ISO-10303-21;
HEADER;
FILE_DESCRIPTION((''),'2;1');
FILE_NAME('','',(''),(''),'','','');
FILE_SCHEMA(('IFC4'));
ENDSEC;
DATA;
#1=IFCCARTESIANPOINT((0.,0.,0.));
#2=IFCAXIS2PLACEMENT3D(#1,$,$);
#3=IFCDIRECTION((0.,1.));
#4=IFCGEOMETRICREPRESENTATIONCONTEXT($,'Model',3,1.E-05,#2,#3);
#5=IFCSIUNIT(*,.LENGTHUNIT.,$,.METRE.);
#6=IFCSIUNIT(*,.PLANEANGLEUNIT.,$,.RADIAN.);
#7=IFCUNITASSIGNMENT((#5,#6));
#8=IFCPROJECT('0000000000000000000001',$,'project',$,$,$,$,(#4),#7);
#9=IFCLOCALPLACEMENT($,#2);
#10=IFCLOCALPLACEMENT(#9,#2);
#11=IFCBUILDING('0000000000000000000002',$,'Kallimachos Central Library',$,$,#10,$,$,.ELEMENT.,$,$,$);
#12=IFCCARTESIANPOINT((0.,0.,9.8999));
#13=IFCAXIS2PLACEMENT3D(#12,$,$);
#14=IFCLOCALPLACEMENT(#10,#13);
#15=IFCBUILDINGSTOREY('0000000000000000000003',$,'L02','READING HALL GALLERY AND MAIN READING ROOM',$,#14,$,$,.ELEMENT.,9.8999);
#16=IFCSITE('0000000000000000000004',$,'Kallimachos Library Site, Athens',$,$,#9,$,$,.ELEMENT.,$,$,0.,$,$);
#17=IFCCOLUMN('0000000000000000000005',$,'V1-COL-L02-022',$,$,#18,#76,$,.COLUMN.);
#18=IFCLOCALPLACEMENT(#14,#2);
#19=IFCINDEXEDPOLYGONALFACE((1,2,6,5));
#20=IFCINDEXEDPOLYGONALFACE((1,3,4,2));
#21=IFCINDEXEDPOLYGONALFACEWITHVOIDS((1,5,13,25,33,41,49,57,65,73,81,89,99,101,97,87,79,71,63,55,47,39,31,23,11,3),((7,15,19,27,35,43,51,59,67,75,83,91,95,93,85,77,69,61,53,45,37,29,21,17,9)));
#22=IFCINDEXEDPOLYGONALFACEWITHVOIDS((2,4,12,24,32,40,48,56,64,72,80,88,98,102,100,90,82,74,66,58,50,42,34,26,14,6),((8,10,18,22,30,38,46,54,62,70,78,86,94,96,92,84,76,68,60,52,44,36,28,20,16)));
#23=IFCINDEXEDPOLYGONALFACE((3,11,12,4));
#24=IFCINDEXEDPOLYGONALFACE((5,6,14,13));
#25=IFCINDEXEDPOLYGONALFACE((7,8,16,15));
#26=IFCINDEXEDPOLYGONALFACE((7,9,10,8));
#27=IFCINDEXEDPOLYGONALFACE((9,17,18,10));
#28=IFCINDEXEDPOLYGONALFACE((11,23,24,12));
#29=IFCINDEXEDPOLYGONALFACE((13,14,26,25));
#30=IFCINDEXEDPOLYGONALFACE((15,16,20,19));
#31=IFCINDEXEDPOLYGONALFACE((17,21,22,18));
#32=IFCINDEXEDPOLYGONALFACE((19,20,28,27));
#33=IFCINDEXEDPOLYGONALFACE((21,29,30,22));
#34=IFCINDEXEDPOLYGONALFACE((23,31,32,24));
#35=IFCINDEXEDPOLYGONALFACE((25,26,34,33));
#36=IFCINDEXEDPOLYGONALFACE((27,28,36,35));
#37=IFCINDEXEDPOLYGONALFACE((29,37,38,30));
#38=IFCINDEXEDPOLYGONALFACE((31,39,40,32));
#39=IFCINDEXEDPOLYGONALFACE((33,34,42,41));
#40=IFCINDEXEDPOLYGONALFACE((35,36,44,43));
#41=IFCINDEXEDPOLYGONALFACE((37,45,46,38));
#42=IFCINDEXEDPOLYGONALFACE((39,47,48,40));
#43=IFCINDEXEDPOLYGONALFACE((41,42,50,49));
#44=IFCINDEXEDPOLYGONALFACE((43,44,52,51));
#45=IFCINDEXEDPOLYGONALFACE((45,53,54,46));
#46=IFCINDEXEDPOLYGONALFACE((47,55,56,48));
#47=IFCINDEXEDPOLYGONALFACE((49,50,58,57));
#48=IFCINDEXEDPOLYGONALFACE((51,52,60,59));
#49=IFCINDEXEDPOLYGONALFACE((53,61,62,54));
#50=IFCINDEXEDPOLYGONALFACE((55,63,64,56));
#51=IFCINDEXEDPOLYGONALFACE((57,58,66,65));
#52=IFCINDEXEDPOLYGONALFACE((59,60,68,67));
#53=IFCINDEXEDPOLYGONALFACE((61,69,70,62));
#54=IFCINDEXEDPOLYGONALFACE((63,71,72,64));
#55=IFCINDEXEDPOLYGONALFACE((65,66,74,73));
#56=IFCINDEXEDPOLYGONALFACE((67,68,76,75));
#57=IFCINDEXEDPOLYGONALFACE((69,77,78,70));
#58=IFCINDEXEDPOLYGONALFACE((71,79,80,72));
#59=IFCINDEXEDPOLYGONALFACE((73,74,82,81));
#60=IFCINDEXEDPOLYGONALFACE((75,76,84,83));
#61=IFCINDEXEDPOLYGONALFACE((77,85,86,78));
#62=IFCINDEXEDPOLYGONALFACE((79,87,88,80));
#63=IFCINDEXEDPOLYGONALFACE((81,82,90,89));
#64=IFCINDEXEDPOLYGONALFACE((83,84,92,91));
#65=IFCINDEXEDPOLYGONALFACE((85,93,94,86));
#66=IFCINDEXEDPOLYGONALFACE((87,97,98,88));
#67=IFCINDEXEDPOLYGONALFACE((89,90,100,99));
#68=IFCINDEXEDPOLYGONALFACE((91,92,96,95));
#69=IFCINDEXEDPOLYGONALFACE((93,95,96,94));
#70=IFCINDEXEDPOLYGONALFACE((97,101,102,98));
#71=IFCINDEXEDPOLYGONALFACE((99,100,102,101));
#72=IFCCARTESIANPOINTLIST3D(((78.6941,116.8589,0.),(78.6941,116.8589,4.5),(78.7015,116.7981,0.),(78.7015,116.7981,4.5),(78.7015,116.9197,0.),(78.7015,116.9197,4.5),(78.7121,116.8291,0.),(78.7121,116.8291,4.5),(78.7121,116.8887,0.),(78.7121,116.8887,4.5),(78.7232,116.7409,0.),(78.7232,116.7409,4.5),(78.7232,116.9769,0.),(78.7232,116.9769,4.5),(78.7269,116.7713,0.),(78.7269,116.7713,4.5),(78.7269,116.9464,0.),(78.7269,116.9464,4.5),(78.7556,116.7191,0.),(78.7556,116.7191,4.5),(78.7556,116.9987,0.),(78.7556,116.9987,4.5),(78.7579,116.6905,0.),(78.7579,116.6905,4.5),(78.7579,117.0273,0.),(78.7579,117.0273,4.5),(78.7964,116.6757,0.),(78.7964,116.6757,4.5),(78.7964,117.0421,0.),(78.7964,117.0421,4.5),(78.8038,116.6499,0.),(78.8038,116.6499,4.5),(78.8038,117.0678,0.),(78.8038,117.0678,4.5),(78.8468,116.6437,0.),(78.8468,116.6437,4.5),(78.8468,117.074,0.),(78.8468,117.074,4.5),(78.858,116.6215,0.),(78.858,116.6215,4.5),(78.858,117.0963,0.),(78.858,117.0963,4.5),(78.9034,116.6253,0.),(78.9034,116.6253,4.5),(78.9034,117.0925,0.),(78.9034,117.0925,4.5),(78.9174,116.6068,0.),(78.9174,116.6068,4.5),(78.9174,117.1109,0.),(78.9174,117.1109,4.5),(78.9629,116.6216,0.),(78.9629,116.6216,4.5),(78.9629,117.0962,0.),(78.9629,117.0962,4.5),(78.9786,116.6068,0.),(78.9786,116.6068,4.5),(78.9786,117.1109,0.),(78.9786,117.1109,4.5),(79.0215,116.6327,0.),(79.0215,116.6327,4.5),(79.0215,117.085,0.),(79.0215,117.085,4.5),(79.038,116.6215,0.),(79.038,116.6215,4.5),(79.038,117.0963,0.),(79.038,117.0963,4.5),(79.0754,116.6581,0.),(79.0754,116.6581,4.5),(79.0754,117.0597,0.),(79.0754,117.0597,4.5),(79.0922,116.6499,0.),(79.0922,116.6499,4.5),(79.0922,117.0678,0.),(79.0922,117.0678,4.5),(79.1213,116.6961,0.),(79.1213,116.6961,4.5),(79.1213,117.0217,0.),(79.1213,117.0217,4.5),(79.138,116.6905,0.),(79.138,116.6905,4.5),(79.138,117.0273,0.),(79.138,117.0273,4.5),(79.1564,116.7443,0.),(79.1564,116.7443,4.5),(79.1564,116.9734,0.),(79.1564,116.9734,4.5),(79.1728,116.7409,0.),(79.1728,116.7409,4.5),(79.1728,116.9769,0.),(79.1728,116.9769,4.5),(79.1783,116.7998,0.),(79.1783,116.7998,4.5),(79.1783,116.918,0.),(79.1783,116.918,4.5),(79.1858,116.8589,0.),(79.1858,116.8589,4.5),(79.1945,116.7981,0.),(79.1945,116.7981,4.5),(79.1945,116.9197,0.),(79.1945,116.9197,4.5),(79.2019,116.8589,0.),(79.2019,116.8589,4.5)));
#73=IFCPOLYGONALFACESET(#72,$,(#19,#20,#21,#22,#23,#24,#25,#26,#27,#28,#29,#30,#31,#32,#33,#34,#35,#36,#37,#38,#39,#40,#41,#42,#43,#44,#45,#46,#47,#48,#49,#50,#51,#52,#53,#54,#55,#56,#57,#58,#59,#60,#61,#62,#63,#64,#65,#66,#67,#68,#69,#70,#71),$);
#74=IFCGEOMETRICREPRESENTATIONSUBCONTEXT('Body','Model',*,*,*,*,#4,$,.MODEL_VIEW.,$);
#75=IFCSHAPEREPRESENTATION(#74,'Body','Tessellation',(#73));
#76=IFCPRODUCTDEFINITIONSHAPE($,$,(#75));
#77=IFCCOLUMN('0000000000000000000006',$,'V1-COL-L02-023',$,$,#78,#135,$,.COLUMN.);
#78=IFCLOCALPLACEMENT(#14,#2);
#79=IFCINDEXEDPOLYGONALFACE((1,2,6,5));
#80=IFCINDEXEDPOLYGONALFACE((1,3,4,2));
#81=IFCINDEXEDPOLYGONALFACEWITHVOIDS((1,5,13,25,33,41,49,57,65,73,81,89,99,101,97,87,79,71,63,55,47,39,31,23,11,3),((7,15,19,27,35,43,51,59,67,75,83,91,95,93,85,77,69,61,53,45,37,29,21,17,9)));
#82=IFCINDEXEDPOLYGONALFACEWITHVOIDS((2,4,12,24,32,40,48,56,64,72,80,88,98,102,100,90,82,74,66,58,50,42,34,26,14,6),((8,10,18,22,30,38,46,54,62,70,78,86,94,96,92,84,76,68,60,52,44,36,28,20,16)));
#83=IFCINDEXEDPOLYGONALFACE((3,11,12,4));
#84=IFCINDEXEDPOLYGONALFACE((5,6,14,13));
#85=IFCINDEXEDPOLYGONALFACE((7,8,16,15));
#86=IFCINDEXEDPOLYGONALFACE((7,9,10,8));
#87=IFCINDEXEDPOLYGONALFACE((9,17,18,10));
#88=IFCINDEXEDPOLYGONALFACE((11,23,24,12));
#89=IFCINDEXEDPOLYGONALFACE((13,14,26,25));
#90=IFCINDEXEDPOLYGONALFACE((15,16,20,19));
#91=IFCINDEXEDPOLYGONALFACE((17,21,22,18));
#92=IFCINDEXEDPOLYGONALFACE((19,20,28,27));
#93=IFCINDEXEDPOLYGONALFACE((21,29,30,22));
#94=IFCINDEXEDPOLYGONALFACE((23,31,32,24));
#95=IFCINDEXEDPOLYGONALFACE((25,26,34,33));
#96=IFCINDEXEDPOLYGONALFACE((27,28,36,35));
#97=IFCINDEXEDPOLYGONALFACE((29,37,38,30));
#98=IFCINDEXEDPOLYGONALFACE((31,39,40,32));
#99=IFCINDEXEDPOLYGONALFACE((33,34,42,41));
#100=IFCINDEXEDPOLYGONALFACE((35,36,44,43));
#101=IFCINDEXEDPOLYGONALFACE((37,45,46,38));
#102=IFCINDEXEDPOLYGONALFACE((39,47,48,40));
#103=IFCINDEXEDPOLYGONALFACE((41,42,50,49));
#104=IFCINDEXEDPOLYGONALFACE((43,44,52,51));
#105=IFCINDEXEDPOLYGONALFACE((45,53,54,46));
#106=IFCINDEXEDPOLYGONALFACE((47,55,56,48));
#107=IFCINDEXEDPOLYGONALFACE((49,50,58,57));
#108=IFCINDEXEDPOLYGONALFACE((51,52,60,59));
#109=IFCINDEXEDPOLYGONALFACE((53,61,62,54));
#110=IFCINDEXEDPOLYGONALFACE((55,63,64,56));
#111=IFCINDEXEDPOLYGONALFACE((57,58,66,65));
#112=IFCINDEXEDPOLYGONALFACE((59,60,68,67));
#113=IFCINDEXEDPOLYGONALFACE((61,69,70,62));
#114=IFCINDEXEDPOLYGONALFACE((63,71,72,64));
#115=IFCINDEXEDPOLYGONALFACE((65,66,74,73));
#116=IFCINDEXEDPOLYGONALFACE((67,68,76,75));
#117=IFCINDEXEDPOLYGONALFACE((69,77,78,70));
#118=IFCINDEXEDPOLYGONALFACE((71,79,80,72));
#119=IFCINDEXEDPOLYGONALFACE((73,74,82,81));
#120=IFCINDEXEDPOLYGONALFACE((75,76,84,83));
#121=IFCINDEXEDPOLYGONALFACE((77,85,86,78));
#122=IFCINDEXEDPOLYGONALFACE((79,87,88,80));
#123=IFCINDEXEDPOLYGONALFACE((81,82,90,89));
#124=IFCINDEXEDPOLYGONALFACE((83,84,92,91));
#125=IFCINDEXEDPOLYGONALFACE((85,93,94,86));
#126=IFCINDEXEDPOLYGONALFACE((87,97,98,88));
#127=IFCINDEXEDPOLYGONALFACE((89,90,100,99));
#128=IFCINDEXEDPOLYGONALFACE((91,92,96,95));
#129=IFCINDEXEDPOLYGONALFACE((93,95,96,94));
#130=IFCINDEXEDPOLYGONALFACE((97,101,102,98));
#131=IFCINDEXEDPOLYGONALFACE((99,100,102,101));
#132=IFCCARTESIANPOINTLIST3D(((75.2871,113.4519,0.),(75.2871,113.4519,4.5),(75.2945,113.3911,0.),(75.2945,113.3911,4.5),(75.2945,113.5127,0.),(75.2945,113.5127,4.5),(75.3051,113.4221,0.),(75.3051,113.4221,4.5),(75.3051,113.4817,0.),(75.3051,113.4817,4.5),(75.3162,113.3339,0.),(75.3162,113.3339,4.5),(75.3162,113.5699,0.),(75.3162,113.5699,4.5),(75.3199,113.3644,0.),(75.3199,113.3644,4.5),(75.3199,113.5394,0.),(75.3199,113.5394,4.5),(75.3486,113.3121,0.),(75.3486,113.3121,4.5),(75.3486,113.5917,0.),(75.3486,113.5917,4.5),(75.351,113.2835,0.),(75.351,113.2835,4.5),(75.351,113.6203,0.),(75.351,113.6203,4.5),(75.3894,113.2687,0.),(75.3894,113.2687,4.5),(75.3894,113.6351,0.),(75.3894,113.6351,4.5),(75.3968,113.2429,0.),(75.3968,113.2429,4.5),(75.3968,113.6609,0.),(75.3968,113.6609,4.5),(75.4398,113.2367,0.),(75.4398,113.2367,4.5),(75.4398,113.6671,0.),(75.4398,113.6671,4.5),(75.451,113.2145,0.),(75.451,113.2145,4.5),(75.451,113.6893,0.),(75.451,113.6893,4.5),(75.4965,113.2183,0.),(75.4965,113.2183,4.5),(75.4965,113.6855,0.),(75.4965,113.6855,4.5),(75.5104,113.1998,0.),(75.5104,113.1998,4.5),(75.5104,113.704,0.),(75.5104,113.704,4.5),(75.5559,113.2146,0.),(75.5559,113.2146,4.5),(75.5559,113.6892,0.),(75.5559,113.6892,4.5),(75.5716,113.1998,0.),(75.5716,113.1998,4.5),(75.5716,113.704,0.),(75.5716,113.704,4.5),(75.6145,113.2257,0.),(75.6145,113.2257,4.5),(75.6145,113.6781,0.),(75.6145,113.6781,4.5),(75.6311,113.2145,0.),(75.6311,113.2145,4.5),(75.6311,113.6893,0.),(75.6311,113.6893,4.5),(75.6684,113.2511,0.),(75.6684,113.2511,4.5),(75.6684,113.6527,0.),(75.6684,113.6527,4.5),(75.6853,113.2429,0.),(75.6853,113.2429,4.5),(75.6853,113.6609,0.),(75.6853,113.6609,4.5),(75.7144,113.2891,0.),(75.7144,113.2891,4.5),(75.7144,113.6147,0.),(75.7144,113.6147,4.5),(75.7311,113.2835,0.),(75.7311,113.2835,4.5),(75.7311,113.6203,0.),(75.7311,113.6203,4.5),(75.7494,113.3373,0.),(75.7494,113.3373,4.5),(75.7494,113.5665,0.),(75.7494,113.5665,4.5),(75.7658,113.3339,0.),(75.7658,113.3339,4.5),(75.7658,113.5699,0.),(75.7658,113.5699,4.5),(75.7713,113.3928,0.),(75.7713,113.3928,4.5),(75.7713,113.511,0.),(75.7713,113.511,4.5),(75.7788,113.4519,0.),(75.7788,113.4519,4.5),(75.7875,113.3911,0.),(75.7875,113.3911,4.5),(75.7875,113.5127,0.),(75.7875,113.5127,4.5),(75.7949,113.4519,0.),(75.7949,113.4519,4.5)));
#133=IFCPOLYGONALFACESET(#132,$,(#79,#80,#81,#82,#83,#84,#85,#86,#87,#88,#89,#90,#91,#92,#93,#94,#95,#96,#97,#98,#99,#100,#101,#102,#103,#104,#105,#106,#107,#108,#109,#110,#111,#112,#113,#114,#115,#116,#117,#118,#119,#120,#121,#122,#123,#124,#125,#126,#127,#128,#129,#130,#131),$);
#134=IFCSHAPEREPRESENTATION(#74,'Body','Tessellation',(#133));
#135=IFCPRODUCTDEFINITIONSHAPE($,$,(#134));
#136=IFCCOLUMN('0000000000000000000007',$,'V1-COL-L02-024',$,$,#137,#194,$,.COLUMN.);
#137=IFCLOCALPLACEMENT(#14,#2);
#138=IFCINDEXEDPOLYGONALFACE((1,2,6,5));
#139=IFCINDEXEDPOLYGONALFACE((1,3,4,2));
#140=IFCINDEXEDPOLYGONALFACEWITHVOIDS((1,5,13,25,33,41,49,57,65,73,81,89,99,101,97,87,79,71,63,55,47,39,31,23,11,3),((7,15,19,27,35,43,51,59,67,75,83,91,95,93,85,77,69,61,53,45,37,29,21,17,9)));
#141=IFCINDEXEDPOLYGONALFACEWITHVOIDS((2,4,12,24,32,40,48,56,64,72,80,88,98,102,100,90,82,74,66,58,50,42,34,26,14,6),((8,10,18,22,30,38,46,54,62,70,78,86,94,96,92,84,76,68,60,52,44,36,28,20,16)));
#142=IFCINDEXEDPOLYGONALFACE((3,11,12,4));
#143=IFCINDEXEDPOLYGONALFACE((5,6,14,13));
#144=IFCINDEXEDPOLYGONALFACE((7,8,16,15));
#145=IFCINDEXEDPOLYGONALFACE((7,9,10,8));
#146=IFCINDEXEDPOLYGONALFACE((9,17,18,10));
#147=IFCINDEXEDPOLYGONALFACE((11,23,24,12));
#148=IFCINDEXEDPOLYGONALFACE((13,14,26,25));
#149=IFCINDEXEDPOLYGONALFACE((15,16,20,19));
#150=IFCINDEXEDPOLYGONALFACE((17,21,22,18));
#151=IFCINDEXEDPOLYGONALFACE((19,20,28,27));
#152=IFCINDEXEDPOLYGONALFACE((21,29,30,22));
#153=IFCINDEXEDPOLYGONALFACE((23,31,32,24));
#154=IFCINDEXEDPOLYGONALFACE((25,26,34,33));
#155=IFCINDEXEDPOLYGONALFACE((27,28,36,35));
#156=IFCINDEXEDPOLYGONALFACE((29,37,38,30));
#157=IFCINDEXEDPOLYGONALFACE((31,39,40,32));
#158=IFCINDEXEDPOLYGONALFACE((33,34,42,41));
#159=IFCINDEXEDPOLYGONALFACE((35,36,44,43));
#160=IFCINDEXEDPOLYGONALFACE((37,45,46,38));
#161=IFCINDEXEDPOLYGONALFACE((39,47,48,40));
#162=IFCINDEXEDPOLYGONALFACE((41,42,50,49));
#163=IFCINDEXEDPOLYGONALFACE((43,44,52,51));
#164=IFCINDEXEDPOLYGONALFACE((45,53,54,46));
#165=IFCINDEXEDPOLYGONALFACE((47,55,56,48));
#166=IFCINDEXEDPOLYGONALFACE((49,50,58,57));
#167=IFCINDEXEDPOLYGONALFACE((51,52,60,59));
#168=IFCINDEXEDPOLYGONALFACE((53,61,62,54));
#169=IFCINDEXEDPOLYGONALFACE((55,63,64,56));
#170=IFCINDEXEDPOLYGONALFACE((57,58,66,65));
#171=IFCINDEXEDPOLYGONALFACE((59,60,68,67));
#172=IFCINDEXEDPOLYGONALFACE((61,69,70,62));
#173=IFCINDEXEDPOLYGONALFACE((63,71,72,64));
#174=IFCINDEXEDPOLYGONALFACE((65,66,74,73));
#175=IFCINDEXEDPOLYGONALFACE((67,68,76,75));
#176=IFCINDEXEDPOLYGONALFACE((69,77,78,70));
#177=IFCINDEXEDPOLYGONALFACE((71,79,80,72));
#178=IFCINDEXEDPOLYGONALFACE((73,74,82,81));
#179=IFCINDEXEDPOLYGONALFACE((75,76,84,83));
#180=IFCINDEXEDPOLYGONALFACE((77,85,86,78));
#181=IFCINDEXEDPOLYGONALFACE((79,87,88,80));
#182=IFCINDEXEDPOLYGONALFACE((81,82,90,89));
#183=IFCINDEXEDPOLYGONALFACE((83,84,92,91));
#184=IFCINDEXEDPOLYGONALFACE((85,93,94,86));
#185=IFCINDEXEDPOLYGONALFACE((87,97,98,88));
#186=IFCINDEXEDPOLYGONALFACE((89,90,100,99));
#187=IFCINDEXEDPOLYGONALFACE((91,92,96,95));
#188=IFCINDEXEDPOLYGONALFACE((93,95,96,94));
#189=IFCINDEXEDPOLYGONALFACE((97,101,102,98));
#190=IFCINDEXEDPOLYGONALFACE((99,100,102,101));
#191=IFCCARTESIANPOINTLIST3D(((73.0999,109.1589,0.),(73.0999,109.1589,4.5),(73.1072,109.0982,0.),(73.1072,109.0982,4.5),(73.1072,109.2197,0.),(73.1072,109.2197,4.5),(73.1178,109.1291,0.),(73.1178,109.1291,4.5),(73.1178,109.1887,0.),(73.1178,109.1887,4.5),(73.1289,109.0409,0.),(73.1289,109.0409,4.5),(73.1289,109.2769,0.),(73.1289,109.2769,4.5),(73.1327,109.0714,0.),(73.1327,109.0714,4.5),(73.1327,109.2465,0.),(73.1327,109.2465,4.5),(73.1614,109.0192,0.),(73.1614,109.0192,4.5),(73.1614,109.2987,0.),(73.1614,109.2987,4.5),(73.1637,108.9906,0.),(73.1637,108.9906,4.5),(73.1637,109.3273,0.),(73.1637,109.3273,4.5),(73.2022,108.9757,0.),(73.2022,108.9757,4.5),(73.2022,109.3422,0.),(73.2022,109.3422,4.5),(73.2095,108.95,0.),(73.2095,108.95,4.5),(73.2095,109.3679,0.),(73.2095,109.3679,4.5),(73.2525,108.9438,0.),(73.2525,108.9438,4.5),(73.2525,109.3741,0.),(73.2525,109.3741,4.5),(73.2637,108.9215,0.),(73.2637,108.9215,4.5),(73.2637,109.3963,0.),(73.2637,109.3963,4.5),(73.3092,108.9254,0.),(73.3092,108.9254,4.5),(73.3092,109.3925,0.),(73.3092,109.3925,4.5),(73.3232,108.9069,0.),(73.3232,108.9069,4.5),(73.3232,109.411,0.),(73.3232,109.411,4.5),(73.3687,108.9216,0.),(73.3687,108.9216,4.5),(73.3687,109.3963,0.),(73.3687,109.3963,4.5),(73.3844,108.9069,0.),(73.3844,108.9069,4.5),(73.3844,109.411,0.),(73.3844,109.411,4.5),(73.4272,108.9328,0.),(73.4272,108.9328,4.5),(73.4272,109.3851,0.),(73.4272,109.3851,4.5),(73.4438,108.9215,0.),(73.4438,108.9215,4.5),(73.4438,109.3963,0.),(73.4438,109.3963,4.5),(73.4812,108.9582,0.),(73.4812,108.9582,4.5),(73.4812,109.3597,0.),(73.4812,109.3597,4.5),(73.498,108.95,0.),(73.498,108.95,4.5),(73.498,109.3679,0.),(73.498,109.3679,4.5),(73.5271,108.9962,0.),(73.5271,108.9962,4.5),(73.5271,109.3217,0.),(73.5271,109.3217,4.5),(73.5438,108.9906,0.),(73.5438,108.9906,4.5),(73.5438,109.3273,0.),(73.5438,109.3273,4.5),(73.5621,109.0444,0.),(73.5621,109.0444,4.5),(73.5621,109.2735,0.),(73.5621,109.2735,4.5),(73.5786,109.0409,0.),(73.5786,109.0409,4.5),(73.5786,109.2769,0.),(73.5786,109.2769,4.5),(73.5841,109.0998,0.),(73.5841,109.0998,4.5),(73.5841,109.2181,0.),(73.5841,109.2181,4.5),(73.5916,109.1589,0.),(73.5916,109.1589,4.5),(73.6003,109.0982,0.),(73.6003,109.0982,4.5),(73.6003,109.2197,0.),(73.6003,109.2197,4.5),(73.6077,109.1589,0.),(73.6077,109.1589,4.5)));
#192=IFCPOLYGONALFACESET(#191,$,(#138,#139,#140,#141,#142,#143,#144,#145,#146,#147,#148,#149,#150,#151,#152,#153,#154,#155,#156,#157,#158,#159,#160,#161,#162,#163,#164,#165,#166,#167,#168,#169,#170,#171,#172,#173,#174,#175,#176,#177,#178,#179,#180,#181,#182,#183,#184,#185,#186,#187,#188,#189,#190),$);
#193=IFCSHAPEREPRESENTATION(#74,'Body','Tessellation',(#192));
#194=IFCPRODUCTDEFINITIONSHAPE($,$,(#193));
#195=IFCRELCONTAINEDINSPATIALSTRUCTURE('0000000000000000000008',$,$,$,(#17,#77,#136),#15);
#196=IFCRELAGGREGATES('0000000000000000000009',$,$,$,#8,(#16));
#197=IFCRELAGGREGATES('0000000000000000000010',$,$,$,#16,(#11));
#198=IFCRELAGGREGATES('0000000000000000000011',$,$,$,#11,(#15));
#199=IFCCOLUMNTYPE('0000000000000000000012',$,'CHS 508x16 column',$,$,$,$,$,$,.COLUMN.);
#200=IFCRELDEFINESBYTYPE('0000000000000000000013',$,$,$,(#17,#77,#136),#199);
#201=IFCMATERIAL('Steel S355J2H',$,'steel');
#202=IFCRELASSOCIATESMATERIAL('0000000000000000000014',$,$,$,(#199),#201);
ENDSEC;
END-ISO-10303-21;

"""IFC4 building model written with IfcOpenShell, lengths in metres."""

from ifc_helpers import new_model, si_unit, direction, frame, origin, origin_2d, place, context, subcontext, project, spatial, hollow_circle, extrude, material, material_profile, profile_set, type_object, element, save


model = new_model("IFC4")

# Units and contexts
model_context = context("Model", 3, precision=1e-05, world=origin(), true_north=direction((0.0, 1.0)))
body_context = subcontext(model_context, "Body", "Model", "MODEL_VIEW")
ifc_project = project(units=[si_unit("LENGTHUNIT", "METRE"), si_unit("PLANEANGLEUNIT", "RADIAN")], contexts=[model_context])

# Site, building, storey
site_placement = place(None, origin())
site = spatial("IfcSite", under=ifc_project, at=site_placement, Name="Kallimachos Library Site, Athens", CompositionType="ELEMENT", RefElevation=0.0)
building_placement = place(site_placement, origin())
building = spatial("IfcBuilding", under=site, at=building_placement, Name="Kallimachos Central Library", CompositionType="ELEMENT")
storey_placement = place(building_placement, frame((0.0, 0.0, 9.8999)))
storey = spatial("IfcBuildingStorey", under=building, at=storey_placement, Name="L02", Description="READING HALL GALLERY AND MAIN READING ROOM", CompositionType="ELEMENT", Elevation=9.8999)

# Columns
ifc_material_1 = material(Name="Steel S355J2H", Category="steel")
ifc_material_profile_1 = material_profile(ifc_material_1, hollow_circle(Radius=0.2539, WallThickness=0.0161, at=origin_2d()), Name="CHS 508x16")
ifc_profile_set_1 = profile_set([ifc_material_profile_1], Name="Steel S355J2H")
column_type_1 = type_object("IfcColumnType", Name="CHS 508x16 column", PredefinedType="COLUMN", material=ifc_profile_set_1)
for number, where, z_axis, x_axis, name in (
    (1, (78.948, 116.8589, 0.0), (0.0, 0.0, 1.0), (1.0, 0.0, 0.0), "V1-COL-L02-022"),
    (2, (75.541, 113.4519, 0.0), (0.0, 0.0, 1.0), (1.0, 0.0, 0.0), "V1-COL-L02-023"),
    (3, (73.3538, 109.1589, 0.0), (0.0, 0.0, 1.0), (1.0, 0.0, 0.0), "V1-COL-L02-024"),
):
    element("IfcColumn", number, at=place(storey_placement, frame(where, z_axis=z_axis, x_axis=x_axis)), inside=storey, type_object=column_type_1, Name=name, PredefinedType="COLUMN", context=body_context, shape_type="SweptSolid", body=[
        extrude(hollow_circle(Radius=0.2539, WallThickness=0.0161, at=origin_2d()), origin(), (0.0, 0.0, 1.0), 4.5),
    ])

save(model, "model.ifc")
